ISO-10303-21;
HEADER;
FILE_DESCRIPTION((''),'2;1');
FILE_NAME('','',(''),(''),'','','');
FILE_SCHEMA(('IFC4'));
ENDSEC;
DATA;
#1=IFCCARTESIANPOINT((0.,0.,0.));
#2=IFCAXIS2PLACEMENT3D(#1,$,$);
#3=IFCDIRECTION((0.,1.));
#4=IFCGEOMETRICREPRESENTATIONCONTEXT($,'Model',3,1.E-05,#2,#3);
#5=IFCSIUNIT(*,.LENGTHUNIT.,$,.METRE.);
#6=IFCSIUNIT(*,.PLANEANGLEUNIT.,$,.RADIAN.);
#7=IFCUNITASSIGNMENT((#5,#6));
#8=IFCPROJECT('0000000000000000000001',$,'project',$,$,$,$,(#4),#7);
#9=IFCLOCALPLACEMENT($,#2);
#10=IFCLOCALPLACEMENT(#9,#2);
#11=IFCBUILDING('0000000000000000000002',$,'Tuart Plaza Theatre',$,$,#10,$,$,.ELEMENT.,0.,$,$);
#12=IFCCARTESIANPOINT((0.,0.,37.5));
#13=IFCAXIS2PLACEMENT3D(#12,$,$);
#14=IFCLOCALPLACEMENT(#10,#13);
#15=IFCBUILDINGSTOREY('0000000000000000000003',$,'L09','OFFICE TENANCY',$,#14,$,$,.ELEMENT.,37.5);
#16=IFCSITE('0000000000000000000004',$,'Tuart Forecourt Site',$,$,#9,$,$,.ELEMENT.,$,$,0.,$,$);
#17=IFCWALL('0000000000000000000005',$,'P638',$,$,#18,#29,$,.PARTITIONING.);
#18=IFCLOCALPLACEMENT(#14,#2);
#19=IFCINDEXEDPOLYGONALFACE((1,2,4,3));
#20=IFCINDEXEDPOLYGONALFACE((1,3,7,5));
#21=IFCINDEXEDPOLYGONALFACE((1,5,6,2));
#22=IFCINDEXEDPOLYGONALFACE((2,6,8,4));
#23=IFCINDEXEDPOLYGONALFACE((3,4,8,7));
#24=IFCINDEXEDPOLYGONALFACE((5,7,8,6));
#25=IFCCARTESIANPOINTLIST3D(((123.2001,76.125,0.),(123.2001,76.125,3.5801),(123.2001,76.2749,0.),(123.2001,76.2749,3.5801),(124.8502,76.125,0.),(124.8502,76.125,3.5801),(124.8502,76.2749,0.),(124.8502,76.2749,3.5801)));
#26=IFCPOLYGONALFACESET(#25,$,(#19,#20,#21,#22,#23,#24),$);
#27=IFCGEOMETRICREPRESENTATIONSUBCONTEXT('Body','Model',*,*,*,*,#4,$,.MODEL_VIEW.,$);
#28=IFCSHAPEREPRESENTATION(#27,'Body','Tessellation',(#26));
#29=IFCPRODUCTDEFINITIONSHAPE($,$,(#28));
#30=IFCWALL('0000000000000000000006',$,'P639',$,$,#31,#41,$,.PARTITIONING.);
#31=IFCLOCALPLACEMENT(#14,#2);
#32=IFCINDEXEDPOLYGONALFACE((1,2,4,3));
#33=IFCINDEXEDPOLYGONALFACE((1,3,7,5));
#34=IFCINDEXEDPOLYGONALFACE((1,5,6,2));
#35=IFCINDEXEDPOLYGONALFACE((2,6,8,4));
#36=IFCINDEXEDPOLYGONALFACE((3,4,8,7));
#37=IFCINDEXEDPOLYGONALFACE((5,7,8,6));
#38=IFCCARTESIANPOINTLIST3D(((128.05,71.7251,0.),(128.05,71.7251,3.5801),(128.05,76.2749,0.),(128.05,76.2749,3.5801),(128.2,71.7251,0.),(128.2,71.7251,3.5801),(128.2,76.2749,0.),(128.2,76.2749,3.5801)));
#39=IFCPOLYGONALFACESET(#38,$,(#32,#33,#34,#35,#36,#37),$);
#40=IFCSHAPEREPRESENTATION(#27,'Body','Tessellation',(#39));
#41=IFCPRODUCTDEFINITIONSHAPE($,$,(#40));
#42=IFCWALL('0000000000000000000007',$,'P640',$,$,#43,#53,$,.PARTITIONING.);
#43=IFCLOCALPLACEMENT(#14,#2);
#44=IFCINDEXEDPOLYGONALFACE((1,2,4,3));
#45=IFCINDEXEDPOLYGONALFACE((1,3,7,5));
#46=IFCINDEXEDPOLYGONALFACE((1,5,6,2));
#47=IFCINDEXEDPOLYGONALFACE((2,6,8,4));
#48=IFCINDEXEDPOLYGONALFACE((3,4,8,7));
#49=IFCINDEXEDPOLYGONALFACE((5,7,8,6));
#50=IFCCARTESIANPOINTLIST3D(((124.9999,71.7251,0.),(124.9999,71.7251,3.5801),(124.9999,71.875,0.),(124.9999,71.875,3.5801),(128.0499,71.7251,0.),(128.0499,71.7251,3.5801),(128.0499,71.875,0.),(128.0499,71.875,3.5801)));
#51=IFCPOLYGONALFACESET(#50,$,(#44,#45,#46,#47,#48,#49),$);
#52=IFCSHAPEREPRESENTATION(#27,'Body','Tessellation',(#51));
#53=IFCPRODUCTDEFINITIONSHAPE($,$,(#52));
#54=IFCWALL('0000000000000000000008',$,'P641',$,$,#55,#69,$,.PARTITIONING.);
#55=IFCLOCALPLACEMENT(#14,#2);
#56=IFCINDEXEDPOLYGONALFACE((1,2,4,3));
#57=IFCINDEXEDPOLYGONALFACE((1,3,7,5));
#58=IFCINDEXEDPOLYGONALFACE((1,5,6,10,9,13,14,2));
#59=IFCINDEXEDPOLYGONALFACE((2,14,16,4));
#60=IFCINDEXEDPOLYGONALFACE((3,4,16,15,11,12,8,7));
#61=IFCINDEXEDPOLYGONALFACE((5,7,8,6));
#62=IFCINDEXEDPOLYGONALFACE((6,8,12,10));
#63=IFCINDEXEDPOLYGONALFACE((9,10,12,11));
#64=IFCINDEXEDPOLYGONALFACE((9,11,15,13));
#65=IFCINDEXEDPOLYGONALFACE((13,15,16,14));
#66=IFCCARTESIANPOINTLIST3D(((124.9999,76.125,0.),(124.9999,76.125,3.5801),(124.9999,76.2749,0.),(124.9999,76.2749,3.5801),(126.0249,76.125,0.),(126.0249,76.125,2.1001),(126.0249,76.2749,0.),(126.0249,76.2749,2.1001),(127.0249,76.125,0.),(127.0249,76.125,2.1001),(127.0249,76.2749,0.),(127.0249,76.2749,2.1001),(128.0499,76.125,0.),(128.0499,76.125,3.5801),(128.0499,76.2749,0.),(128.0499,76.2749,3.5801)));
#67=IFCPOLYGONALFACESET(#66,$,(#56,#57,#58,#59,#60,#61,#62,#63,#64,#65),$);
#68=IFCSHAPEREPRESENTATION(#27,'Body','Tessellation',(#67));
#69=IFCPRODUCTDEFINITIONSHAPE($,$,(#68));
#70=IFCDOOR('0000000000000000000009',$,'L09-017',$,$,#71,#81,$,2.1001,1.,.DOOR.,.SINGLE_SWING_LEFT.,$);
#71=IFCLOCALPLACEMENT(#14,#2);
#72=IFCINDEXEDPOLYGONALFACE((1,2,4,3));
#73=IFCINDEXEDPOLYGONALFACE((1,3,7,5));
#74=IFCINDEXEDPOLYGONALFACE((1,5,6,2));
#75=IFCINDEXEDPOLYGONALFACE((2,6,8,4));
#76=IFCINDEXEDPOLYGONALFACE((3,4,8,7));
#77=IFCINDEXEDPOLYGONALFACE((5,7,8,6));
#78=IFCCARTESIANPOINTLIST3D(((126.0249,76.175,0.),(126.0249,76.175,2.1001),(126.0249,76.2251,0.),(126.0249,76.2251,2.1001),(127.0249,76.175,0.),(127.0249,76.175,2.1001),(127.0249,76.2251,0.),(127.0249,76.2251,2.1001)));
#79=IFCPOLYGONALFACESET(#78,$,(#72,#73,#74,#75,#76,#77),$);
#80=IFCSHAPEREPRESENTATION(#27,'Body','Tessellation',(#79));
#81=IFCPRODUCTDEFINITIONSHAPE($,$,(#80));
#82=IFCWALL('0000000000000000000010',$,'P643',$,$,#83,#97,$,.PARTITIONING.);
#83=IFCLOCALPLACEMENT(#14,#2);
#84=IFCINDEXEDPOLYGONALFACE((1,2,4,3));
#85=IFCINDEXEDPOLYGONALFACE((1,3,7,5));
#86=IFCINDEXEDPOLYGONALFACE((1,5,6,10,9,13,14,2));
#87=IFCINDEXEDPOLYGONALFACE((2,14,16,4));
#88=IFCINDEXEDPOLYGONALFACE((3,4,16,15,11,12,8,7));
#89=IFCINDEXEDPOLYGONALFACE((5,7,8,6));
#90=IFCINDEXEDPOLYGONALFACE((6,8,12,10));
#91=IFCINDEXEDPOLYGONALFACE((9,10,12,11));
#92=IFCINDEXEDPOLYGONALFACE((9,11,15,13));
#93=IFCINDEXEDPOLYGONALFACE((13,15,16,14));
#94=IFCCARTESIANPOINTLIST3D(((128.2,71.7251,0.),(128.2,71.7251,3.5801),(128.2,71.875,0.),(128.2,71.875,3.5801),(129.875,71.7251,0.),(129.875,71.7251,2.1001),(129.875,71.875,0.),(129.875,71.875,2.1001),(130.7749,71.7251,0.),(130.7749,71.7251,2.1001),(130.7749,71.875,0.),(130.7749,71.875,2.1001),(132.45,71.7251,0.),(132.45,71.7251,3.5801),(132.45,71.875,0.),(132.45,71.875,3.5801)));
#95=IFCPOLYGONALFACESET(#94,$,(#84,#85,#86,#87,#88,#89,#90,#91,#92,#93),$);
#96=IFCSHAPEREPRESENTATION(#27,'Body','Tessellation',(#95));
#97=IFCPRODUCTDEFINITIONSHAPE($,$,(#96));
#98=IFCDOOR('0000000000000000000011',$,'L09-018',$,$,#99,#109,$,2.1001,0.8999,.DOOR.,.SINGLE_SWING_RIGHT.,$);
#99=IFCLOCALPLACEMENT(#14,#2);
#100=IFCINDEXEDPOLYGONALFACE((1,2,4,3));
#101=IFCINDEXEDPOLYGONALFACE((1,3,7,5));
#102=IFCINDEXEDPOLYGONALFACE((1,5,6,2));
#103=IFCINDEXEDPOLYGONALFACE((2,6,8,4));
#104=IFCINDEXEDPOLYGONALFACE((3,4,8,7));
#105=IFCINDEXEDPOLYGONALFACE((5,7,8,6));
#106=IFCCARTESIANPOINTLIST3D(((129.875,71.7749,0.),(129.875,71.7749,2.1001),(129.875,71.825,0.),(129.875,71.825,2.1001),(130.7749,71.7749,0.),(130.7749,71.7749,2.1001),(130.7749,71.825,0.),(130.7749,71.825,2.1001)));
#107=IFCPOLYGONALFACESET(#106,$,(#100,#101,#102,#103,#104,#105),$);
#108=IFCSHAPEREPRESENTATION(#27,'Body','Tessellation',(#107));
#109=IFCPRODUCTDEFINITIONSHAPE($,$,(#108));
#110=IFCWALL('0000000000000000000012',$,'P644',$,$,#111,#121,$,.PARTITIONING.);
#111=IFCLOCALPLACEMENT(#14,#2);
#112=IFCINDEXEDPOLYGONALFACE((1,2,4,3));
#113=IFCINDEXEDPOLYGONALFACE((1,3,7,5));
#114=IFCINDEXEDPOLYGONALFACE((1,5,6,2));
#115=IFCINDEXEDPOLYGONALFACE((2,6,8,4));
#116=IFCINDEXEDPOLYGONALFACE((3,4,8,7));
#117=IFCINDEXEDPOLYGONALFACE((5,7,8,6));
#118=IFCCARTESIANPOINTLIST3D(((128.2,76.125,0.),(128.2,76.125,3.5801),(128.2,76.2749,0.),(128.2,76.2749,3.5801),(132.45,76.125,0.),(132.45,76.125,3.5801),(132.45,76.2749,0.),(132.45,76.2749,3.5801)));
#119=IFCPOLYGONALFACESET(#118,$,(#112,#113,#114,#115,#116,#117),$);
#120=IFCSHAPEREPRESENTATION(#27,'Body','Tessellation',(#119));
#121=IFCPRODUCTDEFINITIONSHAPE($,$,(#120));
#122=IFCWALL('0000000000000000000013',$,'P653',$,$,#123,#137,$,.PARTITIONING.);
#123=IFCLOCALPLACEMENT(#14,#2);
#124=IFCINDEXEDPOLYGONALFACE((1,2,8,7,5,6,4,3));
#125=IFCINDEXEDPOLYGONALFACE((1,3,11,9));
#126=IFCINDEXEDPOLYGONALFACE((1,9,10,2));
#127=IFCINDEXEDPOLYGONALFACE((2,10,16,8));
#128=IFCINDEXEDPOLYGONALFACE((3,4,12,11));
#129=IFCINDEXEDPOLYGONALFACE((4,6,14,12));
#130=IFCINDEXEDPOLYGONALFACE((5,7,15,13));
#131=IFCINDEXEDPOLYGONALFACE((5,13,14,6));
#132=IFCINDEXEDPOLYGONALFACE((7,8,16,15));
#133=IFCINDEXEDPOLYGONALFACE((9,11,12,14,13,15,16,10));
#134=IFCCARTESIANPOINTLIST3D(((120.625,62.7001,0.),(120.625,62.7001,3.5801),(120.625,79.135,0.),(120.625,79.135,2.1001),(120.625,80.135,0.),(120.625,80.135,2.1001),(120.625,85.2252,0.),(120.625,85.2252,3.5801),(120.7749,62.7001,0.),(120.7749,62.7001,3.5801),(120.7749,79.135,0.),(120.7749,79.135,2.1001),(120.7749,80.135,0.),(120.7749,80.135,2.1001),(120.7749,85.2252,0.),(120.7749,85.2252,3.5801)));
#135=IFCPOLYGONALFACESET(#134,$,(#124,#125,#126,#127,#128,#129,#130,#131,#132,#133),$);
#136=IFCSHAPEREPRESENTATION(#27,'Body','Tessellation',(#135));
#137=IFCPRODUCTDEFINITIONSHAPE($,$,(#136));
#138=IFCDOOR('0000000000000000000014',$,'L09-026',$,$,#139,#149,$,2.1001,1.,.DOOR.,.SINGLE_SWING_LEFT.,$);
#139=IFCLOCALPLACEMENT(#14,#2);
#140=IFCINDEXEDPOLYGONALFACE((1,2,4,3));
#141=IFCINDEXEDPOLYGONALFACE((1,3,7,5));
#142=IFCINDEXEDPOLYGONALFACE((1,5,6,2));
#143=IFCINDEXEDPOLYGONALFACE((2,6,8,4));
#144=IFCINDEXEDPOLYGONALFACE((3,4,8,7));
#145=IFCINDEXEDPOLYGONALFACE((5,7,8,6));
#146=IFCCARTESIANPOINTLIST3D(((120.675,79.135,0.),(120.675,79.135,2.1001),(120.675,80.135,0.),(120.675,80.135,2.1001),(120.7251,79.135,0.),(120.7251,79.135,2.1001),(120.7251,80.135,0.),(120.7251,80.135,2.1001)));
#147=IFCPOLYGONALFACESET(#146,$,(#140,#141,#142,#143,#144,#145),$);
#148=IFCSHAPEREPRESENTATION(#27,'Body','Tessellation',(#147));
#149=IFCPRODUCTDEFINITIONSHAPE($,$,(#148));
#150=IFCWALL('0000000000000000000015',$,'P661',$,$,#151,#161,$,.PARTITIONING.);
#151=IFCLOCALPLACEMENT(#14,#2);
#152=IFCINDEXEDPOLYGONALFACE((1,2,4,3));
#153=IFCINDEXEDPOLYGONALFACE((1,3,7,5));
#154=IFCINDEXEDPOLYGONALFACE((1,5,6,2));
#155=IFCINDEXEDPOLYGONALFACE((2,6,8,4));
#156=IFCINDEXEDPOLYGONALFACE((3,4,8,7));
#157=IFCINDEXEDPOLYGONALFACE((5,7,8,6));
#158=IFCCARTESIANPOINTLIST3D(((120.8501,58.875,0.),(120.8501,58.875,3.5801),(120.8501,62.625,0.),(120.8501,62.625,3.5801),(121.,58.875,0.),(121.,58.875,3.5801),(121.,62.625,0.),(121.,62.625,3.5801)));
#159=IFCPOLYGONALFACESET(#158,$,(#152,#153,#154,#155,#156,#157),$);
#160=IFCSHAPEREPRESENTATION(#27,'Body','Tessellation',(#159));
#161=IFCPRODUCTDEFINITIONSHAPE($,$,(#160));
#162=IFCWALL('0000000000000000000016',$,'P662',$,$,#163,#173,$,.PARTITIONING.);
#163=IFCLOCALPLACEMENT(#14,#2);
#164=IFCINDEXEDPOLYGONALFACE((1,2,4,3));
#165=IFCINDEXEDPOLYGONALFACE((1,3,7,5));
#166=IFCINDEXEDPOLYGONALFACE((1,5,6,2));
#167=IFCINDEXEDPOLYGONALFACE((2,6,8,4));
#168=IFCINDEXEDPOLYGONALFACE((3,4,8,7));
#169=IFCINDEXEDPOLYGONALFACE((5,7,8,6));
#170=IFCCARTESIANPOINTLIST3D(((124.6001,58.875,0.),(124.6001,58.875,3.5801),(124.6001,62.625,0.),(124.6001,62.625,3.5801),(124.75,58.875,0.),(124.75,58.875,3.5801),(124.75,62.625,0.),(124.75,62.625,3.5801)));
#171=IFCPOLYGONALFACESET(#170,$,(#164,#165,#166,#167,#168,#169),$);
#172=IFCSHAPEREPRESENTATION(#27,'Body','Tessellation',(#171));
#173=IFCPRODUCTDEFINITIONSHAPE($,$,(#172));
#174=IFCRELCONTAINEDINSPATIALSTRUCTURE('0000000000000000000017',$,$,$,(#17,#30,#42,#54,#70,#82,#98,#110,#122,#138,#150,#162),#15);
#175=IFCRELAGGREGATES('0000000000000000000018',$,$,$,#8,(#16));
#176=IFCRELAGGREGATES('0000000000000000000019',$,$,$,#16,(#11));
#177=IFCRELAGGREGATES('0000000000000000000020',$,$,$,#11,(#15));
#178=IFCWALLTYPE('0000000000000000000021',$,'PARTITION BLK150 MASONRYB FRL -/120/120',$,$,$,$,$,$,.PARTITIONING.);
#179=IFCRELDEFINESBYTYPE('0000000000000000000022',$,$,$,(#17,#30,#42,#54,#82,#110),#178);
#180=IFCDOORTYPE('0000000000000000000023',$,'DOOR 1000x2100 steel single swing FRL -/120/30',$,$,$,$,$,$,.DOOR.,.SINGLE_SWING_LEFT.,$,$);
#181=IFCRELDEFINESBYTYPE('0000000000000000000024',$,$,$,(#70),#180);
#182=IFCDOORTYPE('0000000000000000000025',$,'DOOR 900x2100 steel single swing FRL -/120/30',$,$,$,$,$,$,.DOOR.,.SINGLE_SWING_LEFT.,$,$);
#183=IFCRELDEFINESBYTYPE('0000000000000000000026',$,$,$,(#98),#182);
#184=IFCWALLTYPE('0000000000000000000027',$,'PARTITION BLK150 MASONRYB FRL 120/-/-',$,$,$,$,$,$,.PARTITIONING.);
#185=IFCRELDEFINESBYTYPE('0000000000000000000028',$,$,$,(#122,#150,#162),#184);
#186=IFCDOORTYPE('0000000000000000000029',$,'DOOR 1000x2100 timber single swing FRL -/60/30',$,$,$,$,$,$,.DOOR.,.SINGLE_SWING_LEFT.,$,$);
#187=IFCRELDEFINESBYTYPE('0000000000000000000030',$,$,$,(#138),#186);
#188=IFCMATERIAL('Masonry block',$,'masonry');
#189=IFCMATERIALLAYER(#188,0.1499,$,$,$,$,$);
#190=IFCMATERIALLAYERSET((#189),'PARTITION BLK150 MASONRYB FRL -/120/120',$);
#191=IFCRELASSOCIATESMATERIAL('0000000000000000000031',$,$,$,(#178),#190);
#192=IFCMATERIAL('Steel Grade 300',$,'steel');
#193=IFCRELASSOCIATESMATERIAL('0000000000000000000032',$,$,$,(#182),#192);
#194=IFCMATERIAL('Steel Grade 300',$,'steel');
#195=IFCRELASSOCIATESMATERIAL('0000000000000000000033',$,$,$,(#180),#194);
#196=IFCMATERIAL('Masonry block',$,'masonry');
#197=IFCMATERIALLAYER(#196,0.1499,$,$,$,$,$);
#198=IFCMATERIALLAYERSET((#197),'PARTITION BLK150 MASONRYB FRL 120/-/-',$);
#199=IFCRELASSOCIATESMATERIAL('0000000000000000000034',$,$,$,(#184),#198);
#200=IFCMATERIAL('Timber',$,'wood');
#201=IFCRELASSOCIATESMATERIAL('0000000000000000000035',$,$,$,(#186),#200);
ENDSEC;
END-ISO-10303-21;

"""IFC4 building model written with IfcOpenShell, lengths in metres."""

from ifc_helpers import new_model, si_unit, direction, frame, frame_2d, origin, place, context, subcontext, project, spatial, rectangle, extrude, material, layer, layer_set, type_object, element, fill, save


model = new_model("IFC4")

# Units and contexts
model_context = context("Model", 3, precision=1e-05, world=origin(), true_north=direction((0.0, 1.0)))
body_context = subcontext(model_context, "Body", "Model", "MODEL_VIEW")
ifc_project = project(units=[si_unit("LENGTHUNIT", "METRE"), si_unit("PLANEANGLEUNIT", "RADIAN")], contexts=[model_context])

# Site, building, storey
site_placement = place(None, origin())
site = spatial("IfcSite", under=ifc_project, at=site_placement, Name="Tuart Forecourt Site", CompositionType="ELEMENT", RefElevation=0.0)
building_placement = place(site_placement, origin())
building = spatial("IfcBuilding", under=site, at=building_placement, Name="Tuart Plaza Theatre", CompositionType="ELEMENT", ElevationOfRefHeight=0.0)
storey_placement = place(building_placement, frame((0.0, 0.0, 37.5)))
storey = spatial("IfcBuildingStorey", under=building, at=storey_placement, Name="L09", Description="OFFICE TENANCY", CompositionType="ELEMENT", Elevation=37.5)

# Shared definitions
ifc_material_1 = material(Name="Masonry block", Category="masonry")
ifc_layer_1 = layer(ifc_material_1, 0.1499)
ifc_layer_set_1 = layer_set([ifc_layer_1], Name="PARTITION BLK150 MASONRYB FRL -/120/120")
wall_type_1 = type_object("IfcWallType", Name="PARTITION BLK150 MASONRYB FRL -/120/120", PredefinedType="PARTITIONING", material=ifc_layer_set_1)

# Shared definitions
ifc_material_2 = material(Name="Steel Grade 300", Category="steel")
door_type_1 = type_object("IfcDoorType", Name="DOOR 900x2100 steel single swing FRL -/120/30", OperationType="SINGLE_SWING_LEFT", PredefinedType="DOOR", material=ifc_material_2)

# Walls
wall_1_placement = place(storey_placement, frame((123.2, 76.2, 0.0), z_axis=(0.0, 0.0, 1.0), x_axis=(1.0, 0.0, 0.0)))
element("IfcWall", 1, at=wall_1_placement, inside=storey, type_object=wall_type_1, Name="P638", PredefinedType="PARTITIONING", context=body_context, shape_type="SweptSolid", body=[
    extrude(rectangle(XDim=1.6501, YDim=0.1499, at=frame_2d((0.8252, 0.0))), origin(), (0.0, 0.0, 1.0), 3.5801),
])
wall_2_placement = place(storey_placement, frame((128.125, 71.7251, 0.0), z_axis=(0.0, 0.0, 1.0), x_axis=(0.0, 1.0, 0.0)))
element("IfcWall", 2, at=wall_2_placement, inside=storey, type_object=wall_type_1, Name="P639", PredefinedType="PARTITIONING", context=body_context, shape_type="SweptSolid", body=[
    extrude(rectangle(XDim=4.5498, YDim=0.1499, at=frame_2d((2.2749, 0.0))), origin(), (0.0, 0.0, 1.0), 3.5801),
])
wall_3_placement = place(storey_placement, frame((125.0, 71.8, 0.0), z_axis=(0.0, 0.0, 1.0), x_axis=(1.0, 0.0, 0.0)))
element("IfcWall", 3, at=wall_3_placement, inside=storey, type_object=wall_type_1, Name="P640", PredefinedType="PARTITIONING", context=body_context, shape_type="SweptSolid", body=[
    extrude(rectangle(XDim=3.05, YDim=0.1499, at=frame_2d((1.5249, 0.0))), origin(), (0.0, 0.0, 1.0), 3.5801),
])

# Walls, openings, doors
wall_4_placement = place(storey_placement, frame((125.0, 76.2, 0.0), z_axis=(0.0, 0.0, 1.0), x_axis=(1.0, 0.0, 0.0)))
wall_4 = element("IfcWall", 4, at=wall_4_placement, inside=storey, type_object=wall_type_1, Name="P641", PredefinedType="PARTITIONING", context=body_context, shape_type="SweptSolid", body=[
    extrude(rectangle(XDim=3.05, YDim=0.1499, at=frame_2d((1.5249, 0.0))), origin(), (0.0, 0.0, 1.0), 3.5801),
])
opening_1_placement = place(wall_4_placement, frame((1.0249, 0.0, 0.0)))
opening_1 = element("IfcOpeningElement", 5, at=opening_1_placement, cuts=wall_4, PredefinedType="OPENING", context=body_context, shape_type="SweptSolid", body=[
    extrude(rectangle(XDim=1.0, YDim=2.1001, at=frame_2d((0.5, 1.05))), frame((0.0, 0.085, 0.0), z_axis=(0.0, -1.0, 0.0), x_axis=(1.0, 0.0, 0.0)), (0.0, 0.0, 1.0), 0.1699),
])
ifc_material_3 = material(Name="Steel Grade 300", Category="steel")
door_type_2 = type_object("IfcDoorType", Name="DOOR 1000x2100 steel single swing FRL -/120/30", OperationType="SINGLE_SWING_LEFT", PredefinedType="DOOR", material=ifc_material_3)
door_1_placement = place(opening_1_placement, frame((1.0, 0.0, 0.0), z_axis=(0.0, 0.0, 1.0), x_axis=(-1.0, 0.0, 0.0)))
door_1 = element("IfcDoor", 6, at=door_1_placement, inside=storey, type_object=door_type_2, Name="L09-017", OperationType="SINGLE_SWING_LEFT", OverallHeight=2.1001, OverallWidth=1.0, PredefinedType="DOOR", context=body_context, shape_type="SweptSolid", body=[
    extrude(rectangle(XDim=1.0, YDim=2.1001, at=frame_2d((0.5, 1.05))), frame((0.0, 0.0249, 0.0), z_axis=(0.0, -1.0, 0.0), x_axis=(1.0, 0.0, 0.0)), (0.0, 0.0, 1.0), 0.05),
])
fill(opening_1, door_1)
wall_5_placement = place(storey_placement, frame((128.2, 71.8, 0.0), z_axis=(0.0, 0.0, 1.0), x_axis=(1.0, 0.0, 0.0)))
wall_5 = element("IfcWall", 7, at=wall_5_placement, inside=storey, type_object=wall_type_1, Name="P643", PredefinedType="PARTITIONING", context=body_context, shape_type="SweptSolid", body=[
    extrude(rectangle(XDim=4.25, YDim=0.1499, at=frame_2d((2.125, 0.0))), origin(), (0.0, 0.0, 1.0), 3.5801),
])
opening_2_placement = place(wall_5_placement, frame((1.675, 0.0, 0.0)))
opening_2 = element("IfcOpeningElement", 8, at=opening_2_placement, cuts=wall_5, PredefinedType="OPENING", context=body_context, shape_type="SweptSolid", body=[
    extrude(rectangle(XDim=0.8999, YDim=2.1001, at=frame_2d((0.45, 1.05))), frame((0.0, 0.085, 0.0), z_axis=(0.0, -1.0, 0.0), x_axis=(1.0, 0.0, 0.0)), (0.0, 0.0, 1.0), 0.1699),
])
door_2_placement = place(opening_2_placement, origin())
door_2 = element("IfcDoor", 9, at=door_2_placement, inside=storey, type_object=door_type_1, Name="L09-018", OperationType="SINGLE_SWING_RIGHT", OverallHeight=2.1001, OverallWidth=0.8999, PredefinedType="DOOR", context=body_context, shape_type="SweptSolid", body=[
    extrude(rectangle(XDim=0.8999, YDim=2.1001, at=frame_2d((0.45, 1.05))), frame((0.0, 0.0249, 0.0), z_axis=(0.0, -1.0, 0.0), x_axis=(1.0, 0.0, 0.0)), (0.0, 0.0, 1.0), 0.05),
])
fill(opening_2, door_2)

# Wall
wall_6_placement = place(storey_placement, frame((128.2, 76.2, 0.0), z_axis=(0.0, 0.0, 1.0), x_axis=(1.0, 0.0, 0.0)))
element("IfcWall", 10, at=wall_6_placement, inside=storey, type_object=wall_type_1, Name="P644", PredefinedType="PARTITIONING", context=body_context, shape_type="SweptSolid", body=[
    extrude(rectangle(XDim=4.25, YDim=0.1499, at=frame_2d((2.125, 0.0))), origin(), (0.0, 0.0, 1.0), 3.5801),
])

# Wall, opening, door
ifc_material_4 = material(Name="Masonry block", Category="masonry")
ifc_layer_2 = layer(ifc_material_4, 0.1499)
ifc_layer_set_2 = layer_set([ifc_layer_2], Name="PARTITION BLK150 MASONRYB FRL 120/-/-")
wall_type_2 = type_object("IfcWallType", Name="PARTITION BLK150 MASONRYB FRL 120/-/-", PredefinedType="PARTITIONING", material=ifc_layer_set_2)
wall_7_placement = place(storey_placement, frame((120.7, 62.7, 0.0), z_axis=(0.0, 0.0, 1.0), x_axis=(0.0, 1.0, 0.0)))
wall_7 = element("IfcWall", 11, at=wall_7_placement, inside=storey, type_object=wall_type_2, Name="P653", PredefinedType="PARTITIONING", context=body_context, shape_type="SweptSolid", body=[
    extrude(rectangle(XDim=22.5251, YDim=0.1499, at=frame_2d((11.2627, 0.0))), origin(), (0.0, 0.0, 1.0), 3.5801),
])
opening_3_placement = place(wall_7_placement, frame((16.4351, 0.0, 0.0)))
opening_3 = element("IfcOpeningElement", 12, at=opening_3_placement, cuts=wall_7, PredefinedType="OPENING", context=body_context, shape_type="SweptSolid", body=[
    extrude(rectangle(XDim=1.0, YDim=2.1001, at=frame_2d((0.5, 1.05))), frame((0.0, 0.085, 0.0), z_axis=(0.0, -1.0, 0.0), x_axis=(1.0, 0.0, 0.0)), (0.0, 0.0, 1.0), 0.1699),
])
ifc_material_5 = material(Name="Timber", Category="wood")
door_type_3 = type_object("IfcDoorType", Name="DOOR 1000x2100 timber single swing FRL -/60/30", OperationType="SINGLE_SWING_LEFT", PredefinedType="DOOR", material=ifc_material_5)
door_3_placement = place(opening_3_placement, origin())
door_3 = element("IfcDoor", 13, at=door_3_placement, inside=storey, type_object=door_type_3, Name="L09-026", OperationType="SINGLE_SWING_LEFT", OverallHeight=2.1001, OverallWidth=1.0, PredefinedType="DOOR", context=body_context, shape_type="SweptSolid", body=[
    extrude(rectangle(XDim=1.0, YDim=2.1001, at=frame_2d((0.5, 1.05))), frame((0.0, 0.0249, 0.0), z_axis=(0.0, -1.0, 0.0), x_axis=(1.0, 0.0, 0.0)), (0.0, 0.0, 1.0), 0.05),
])
fill(opening_3, door_3)

# Walls
for number, where, z_axis, x_axis, name in (
    (14, (120.925, 62.625, 0.0), (0.0, 0.0, 1.0), (0.0, -1.0, 0.0), "P661"),
    (15, (124.675, 62.625, 0.0), (0.0, 0.0, 1.0), (0.0, -1.0, 0.0), "P662"),
):
    element("IfcWall", number, at=place(storey_placement, frame(where, z_axis=z_axis, x_axis=x_axis)), inside=storey, type_object=wall_type_2, Name=name, PredefinedType="PARTITIONING", context=body_context, shape_type="SweptSolid", body=[
        extrude(rectangle(XDim=3.75, YDim=0.1499, at=frame_2d((1.875, 0.0))), origin(), (0.0, 0.0, 1.0), 3.5801),
    ])

save(model, "model.ifc")
